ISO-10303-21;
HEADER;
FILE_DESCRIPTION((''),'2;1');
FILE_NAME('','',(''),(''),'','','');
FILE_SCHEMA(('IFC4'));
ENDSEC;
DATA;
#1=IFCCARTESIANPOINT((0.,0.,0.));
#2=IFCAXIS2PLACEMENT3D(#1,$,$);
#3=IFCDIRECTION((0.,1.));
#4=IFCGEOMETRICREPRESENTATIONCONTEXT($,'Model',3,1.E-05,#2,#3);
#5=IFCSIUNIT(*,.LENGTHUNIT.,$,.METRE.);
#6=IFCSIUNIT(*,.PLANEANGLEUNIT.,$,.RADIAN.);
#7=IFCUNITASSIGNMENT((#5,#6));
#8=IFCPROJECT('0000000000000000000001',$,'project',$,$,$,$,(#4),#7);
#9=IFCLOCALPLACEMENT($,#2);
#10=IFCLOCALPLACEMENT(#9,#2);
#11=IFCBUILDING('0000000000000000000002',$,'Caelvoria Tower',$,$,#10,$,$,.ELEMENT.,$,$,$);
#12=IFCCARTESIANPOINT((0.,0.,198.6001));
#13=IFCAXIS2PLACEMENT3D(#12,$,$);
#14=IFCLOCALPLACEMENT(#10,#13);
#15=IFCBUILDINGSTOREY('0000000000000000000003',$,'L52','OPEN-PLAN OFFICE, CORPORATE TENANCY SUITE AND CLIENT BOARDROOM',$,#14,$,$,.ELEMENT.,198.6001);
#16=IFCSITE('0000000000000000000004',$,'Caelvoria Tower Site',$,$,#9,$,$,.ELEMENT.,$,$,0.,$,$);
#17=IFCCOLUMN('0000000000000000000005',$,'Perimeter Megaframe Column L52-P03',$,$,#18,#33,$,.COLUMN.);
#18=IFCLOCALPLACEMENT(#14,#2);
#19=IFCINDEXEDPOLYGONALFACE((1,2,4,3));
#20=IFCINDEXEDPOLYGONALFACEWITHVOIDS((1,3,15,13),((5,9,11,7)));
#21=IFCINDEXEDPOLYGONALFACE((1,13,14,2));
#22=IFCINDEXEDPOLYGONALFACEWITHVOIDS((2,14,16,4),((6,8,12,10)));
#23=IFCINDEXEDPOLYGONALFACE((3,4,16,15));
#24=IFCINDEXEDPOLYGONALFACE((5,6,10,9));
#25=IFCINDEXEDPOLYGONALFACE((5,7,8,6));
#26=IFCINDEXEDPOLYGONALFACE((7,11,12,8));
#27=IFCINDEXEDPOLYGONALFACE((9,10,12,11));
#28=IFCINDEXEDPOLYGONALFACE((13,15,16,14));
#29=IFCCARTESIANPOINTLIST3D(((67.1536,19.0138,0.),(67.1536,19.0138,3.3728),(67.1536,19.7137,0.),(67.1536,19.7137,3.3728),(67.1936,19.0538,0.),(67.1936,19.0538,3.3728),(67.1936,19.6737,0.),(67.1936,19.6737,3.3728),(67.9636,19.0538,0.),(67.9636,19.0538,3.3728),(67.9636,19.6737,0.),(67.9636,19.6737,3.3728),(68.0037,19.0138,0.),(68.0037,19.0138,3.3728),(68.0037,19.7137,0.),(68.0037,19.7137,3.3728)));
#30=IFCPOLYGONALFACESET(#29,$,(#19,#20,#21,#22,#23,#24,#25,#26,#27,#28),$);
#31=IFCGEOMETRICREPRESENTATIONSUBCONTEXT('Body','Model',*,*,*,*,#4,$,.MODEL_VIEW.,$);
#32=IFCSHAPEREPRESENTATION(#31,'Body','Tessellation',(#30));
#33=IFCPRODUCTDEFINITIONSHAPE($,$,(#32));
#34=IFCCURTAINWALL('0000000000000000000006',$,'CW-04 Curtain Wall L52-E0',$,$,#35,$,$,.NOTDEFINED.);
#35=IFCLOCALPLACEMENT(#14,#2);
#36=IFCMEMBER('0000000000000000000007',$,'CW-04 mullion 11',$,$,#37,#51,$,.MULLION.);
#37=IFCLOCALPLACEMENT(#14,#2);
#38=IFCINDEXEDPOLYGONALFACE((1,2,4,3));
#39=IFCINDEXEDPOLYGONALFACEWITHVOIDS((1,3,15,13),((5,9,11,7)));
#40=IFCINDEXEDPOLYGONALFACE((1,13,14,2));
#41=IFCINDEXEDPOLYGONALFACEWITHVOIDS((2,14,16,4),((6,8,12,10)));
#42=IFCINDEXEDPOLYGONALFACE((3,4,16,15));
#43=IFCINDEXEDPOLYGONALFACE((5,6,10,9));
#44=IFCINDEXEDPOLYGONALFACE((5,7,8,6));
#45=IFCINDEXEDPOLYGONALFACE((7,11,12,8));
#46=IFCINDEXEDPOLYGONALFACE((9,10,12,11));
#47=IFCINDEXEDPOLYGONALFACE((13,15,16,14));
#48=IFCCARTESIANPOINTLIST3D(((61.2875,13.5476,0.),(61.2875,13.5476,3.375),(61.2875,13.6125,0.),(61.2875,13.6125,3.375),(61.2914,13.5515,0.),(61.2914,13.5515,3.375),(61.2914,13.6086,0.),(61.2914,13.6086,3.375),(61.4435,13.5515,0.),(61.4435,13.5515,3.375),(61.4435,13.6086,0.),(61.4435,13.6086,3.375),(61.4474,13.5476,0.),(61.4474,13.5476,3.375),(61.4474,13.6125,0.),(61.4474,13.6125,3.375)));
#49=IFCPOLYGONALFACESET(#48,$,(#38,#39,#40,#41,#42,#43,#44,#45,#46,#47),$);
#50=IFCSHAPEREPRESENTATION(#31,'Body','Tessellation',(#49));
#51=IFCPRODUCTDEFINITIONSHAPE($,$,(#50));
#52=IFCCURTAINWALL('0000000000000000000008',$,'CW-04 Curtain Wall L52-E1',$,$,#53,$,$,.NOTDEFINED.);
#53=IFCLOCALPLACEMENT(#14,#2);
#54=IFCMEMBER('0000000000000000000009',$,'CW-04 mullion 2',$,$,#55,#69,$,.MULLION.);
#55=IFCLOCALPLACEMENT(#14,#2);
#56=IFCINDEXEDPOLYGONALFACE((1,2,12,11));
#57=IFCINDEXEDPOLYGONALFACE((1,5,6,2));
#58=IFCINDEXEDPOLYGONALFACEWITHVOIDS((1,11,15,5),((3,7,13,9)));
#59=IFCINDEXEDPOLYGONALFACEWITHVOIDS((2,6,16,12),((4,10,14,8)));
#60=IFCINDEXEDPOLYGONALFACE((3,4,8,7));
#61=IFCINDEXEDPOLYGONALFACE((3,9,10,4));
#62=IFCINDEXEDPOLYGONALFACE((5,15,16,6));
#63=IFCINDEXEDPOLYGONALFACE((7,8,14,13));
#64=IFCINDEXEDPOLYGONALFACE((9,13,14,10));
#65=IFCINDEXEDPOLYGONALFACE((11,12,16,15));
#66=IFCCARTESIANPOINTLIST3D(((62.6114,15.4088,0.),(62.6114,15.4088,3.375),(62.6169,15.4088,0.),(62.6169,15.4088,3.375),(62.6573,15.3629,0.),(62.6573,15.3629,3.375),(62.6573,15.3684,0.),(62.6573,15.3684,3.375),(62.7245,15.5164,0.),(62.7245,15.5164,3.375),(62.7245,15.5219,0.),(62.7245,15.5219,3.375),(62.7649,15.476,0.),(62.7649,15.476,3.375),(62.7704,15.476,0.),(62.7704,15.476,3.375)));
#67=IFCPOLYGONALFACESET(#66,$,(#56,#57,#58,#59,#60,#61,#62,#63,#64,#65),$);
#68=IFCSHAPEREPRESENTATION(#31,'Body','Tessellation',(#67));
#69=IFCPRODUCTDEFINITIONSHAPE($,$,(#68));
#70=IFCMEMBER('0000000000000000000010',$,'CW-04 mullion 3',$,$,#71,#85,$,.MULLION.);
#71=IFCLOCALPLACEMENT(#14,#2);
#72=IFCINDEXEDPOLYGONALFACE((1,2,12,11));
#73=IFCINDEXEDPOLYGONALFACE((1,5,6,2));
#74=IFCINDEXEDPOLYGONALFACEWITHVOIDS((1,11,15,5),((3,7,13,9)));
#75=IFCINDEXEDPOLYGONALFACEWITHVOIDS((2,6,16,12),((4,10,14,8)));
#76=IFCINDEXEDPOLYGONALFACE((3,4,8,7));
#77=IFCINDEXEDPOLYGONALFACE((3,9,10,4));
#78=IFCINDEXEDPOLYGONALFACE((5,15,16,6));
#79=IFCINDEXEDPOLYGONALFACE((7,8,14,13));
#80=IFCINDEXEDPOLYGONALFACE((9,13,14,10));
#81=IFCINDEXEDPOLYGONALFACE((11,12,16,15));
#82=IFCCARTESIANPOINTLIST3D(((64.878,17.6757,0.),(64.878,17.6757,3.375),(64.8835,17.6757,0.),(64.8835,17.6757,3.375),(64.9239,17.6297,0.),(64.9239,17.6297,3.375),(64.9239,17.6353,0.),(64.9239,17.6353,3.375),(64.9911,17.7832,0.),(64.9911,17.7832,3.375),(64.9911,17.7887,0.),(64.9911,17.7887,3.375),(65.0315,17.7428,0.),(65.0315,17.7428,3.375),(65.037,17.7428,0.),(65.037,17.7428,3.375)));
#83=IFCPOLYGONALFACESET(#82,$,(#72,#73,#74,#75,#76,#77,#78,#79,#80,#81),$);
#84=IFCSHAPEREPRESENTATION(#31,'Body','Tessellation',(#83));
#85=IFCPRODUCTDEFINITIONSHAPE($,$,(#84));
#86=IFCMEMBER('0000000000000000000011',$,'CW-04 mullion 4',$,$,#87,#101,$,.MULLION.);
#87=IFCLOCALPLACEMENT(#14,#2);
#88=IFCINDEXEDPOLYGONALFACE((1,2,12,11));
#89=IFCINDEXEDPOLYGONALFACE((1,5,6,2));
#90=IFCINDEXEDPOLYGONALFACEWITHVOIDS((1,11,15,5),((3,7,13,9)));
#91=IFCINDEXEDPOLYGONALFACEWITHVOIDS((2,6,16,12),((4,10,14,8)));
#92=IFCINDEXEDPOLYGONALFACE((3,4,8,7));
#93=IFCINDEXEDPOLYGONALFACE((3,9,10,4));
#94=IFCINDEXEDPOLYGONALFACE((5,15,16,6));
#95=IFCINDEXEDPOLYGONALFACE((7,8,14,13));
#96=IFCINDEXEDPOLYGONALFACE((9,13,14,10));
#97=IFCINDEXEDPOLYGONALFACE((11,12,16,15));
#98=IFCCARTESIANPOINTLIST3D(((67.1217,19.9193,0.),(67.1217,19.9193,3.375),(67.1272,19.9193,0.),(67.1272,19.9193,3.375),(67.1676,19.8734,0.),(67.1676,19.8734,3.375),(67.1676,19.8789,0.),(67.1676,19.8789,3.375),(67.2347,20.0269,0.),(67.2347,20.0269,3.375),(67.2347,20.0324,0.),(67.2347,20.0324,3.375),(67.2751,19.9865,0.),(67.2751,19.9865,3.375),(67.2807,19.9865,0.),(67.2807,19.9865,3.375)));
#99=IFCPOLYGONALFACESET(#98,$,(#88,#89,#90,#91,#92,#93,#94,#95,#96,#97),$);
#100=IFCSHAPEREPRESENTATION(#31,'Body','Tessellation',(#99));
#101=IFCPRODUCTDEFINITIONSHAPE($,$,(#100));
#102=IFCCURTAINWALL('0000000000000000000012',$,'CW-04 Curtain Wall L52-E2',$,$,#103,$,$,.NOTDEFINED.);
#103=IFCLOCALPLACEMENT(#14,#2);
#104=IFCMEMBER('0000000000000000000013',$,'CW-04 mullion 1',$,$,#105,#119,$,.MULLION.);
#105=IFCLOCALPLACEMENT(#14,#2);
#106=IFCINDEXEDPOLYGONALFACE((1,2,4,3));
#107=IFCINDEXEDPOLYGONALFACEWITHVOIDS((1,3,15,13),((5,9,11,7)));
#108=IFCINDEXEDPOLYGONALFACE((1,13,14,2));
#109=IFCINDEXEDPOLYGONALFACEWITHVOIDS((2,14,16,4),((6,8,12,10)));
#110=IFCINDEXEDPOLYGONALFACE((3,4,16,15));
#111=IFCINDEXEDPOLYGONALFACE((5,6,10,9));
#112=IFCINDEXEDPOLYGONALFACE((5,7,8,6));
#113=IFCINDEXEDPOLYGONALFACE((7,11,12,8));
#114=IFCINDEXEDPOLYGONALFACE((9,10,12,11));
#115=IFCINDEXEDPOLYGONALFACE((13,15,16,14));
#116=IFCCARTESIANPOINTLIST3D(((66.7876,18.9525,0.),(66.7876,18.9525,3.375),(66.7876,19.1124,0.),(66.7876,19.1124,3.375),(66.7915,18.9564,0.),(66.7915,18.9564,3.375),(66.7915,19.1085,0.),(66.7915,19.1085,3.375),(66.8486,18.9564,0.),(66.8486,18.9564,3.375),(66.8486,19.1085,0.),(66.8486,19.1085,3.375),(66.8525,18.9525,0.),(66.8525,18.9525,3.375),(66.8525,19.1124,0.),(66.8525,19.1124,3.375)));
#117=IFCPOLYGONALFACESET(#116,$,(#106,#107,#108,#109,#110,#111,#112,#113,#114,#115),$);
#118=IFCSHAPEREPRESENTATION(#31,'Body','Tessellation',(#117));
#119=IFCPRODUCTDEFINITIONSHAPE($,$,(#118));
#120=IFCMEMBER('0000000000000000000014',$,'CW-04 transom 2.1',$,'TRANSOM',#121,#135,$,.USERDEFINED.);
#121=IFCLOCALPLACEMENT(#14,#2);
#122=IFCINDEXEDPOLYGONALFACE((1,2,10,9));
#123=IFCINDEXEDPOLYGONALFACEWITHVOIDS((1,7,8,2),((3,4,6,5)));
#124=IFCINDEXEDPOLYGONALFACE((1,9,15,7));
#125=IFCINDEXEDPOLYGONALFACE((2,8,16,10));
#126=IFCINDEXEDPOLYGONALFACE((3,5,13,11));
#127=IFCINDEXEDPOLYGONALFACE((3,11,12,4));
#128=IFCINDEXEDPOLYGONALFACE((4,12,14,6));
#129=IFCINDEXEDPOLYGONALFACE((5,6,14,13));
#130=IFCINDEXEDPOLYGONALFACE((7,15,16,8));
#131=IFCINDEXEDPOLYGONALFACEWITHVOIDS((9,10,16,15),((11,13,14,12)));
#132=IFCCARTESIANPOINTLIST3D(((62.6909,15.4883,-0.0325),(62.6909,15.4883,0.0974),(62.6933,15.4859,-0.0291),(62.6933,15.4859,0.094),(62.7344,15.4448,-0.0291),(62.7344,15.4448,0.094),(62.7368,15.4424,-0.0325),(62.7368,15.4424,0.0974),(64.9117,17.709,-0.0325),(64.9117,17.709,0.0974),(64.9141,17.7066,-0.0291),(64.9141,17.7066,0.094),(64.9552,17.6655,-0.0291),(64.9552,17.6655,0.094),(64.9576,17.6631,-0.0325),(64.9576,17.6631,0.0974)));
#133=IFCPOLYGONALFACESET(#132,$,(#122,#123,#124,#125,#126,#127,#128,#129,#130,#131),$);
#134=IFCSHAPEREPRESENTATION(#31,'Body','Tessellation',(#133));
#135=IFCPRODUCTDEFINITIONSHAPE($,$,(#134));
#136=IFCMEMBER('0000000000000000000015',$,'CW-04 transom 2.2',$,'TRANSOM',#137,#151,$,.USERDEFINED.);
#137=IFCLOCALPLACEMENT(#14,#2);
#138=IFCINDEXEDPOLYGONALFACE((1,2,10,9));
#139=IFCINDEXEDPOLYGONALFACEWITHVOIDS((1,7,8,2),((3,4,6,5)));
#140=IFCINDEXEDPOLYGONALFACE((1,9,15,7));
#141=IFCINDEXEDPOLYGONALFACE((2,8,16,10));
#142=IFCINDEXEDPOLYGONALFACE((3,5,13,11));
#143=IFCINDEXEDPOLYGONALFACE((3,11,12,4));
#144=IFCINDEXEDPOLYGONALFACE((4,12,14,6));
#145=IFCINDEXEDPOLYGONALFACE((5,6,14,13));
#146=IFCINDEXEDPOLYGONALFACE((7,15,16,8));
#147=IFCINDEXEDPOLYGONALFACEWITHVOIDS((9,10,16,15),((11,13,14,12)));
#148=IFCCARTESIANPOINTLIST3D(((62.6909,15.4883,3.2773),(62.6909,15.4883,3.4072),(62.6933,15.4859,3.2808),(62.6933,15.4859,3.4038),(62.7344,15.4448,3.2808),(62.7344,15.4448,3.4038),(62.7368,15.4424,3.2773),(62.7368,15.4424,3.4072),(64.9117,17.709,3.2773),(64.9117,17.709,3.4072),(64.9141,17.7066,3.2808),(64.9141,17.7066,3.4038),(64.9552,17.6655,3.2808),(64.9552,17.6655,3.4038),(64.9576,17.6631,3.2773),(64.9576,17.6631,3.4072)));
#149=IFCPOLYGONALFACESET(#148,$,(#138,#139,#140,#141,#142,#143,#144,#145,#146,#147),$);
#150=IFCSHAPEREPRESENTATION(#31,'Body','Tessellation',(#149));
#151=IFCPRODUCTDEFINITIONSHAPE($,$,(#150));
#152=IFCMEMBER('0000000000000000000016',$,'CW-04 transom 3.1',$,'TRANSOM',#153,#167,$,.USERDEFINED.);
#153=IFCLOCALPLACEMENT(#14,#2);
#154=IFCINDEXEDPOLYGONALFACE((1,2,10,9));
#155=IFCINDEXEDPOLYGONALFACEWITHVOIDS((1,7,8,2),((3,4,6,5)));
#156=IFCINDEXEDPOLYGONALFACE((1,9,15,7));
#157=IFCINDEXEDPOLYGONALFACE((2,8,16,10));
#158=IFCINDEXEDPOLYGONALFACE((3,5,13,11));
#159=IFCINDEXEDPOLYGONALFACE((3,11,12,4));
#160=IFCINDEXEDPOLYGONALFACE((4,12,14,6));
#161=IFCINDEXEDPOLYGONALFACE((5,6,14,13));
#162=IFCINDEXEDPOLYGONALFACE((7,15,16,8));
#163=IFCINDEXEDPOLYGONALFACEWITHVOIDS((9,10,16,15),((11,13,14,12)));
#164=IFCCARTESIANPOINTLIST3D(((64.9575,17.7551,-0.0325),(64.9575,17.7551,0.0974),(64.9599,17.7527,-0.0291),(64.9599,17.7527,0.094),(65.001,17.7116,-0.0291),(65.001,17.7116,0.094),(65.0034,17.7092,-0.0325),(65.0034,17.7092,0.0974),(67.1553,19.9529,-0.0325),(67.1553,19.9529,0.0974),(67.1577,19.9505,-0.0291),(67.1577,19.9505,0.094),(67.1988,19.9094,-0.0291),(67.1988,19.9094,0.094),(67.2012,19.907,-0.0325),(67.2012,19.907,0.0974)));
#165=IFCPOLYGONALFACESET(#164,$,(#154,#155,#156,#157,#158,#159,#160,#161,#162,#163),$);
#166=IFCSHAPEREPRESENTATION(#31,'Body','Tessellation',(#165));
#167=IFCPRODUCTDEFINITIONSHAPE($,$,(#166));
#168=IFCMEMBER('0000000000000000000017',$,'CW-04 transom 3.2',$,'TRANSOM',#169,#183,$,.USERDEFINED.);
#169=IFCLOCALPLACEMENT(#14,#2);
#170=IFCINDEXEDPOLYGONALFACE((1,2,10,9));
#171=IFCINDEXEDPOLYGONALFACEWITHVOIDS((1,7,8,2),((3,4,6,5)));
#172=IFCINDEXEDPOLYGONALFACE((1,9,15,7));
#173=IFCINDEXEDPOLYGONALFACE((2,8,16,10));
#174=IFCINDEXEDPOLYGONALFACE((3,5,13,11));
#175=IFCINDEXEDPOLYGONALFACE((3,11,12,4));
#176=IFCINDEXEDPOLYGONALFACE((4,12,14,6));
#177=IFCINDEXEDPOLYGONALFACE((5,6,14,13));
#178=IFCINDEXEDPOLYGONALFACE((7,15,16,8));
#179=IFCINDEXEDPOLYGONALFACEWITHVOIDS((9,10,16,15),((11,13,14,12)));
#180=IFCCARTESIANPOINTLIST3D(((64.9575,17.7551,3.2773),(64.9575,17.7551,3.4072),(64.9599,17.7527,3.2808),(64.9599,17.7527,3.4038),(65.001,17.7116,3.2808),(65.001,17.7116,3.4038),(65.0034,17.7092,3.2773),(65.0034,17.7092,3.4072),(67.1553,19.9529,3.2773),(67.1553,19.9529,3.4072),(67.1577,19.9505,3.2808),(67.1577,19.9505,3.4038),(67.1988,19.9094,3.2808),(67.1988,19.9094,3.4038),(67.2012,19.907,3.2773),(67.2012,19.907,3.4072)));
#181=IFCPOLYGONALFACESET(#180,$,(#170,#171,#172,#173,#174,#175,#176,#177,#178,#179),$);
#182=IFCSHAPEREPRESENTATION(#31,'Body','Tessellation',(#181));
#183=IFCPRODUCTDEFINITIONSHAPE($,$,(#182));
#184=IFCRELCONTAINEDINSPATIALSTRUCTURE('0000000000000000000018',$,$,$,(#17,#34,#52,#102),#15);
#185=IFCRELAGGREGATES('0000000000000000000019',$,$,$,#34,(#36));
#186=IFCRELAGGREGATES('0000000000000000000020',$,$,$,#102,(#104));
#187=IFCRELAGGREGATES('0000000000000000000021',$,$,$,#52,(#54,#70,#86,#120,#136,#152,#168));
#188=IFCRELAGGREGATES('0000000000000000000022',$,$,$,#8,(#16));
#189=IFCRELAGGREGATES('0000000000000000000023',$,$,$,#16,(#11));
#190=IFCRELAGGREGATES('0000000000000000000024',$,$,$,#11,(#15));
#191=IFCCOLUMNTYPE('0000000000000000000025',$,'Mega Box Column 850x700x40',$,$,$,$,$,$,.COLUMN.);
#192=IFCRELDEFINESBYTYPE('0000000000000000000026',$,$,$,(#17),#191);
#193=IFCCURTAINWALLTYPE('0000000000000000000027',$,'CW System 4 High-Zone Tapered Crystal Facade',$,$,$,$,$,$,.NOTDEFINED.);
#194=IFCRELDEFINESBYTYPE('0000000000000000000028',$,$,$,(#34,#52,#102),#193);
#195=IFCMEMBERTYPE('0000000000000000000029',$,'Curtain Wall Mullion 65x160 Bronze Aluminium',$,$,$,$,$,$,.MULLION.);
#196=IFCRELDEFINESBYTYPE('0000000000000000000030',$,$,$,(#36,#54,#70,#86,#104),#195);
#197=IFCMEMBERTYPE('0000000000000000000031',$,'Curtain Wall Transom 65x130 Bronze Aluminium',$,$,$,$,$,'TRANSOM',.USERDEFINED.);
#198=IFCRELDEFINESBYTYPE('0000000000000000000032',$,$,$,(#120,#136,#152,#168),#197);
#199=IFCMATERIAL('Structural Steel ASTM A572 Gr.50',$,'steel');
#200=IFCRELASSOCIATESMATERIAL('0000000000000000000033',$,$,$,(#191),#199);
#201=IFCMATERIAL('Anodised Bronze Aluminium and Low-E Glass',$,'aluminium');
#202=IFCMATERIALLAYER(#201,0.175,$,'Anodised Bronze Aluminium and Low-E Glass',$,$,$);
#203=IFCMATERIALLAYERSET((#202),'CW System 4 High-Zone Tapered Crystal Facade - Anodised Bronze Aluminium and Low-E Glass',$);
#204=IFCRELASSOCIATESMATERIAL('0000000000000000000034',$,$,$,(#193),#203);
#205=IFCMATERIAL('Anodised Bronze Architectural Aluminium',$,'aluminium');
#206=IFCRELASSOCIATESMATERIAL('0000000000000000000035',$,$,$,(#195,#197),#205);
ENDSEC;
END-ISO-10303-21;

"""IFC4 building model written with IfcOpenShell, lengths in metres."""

from ifc_helpers import new_model, si_unit, direction, frame, origin, origin_2d, place, context, subcontext, project, spatial, hollow_rectangle, extrude, material, layer, layer_set, material_profile, profile_set, type_object, element, aggregate, save


model = new_model("IFC4")

# Units and contexts
model_context = context("Model", 3, precision=1e-05, world=origin(), true_north=direction((0.0, 1.0)))
body_context = subcontext(model_context, "Body", "Model", "MODEL_VIEW")
ifc_project = project(units=[si_unit("LENGTHUNIT", "METRE"), si_unit("PLANEANGLEUNIT", "RADIAN")], contexts=[model_context])

# Site, building, storey
site_placement = place(None, origin())
site = spatial("IfcSite", under=ifc_project, at=site_placement, Name="Caelvoria Tower Site", CompositionType="ELEMENT", RefElevation=0.0)
building_placement = place(site_placement, origin())
building = spatial("IfcBuilding", under=site, at=building_placement, Name="Caelvoria Tower", CompositionType="ELEMENT")
storey_placement = place(building_placement, frame((0.0, 0.0, 198.6001)))
storey = spatial("IfcBuildingStorey", under=building, at=storey_placement, Name="L52", Description="OPEN-PLAN OFFICE, CORPORATE TENANCY SUITE AND CLIENT BOARDROOM", CompositionType="ELEMENT", Elevation=198.6001)

# Column
ifc_material_1 = material(Name="Structural Steel ASTM A572 Gr.50", Category="steel")
ifc_material_profile_1 = material_profile(ifc_material_1, hollow_rectangle(XDim=0.7, YDim=0.8501, WallThickness=0.04, at=origin_2d()), Name="Structural Steel ASTM A572 Gr.50")
ifc_profile_set_1 = profile_set([ifc_material_profile_1], Name="BOX850X700X40 - Structural Steel ASTM A572 Gr.50")
column_type = type_object("IfcColumnType", Name="Mega Box Column 850x700x40", PredefinedType="COLUMN", material=ifc_profile_set_1)
column_placement = place(storey_placement, frame((67.5786, 19.3638, 0.0), z_axis=(0.0, 0.0, 1.0), x_axis=(0.0, 1.0, 0.0)))
element("IfcColumn", 1, at=column_placement, inside=storey, type_object=column_type, Name="Perimeter Megaframe Column L52-P03", PredefinedType="COLUMN", context=body_context, shape_type="SweptSolid", body=[
    extrude(hollow_rectangle(XDim=0.7, YDim=0.8501, WallThickness=0.04, at=origin_2d()), origin(), (0.0, 0.0, 1.0), 3.3728),
])

# Curtain wall, member
ifc_material_2 = material(Name="Anodised Bronze Aluminium and Low-E Glass", Category="aluminium")
ifc_layer_1 = layer(ifc_material_2, 0.175, Name="Anodised Bronze Aluminium and Low-E Glass")
ifc_layer_set_1 = layer_set([ifc_layer_1], Name="CW System 4 High-Zone Tapered Crystal Facade - Anodised Bronze Aluminium and Low-E Glass")
curtain_wall_type = type_object("IfcCurtainWallType", Name="CW System 4 High-Zone Tapered Crystal Facade", PredefinedType="NOTDEFINED", material=ifc_layer_set_1)
curtain_wall_1_placement = place(storey_placement, origin())
curtain_wall_1 = element("IfcCurtainWall", 2, at=curtain_wall_1_placement, inside=storey, type_object=curtain_wall_type, Name="CW-04 Curtain Wall L52-E0", PredefinedType="NOTDEFINED")
ifc_material_3 = material(Name="Anodised Bronze Architectural Aluminium", Category="aluminium")
ifc_material_profile_2 = material_profile(ifc_material_3, hollow_rectangle(XDim=0.0649, YDim=0.1599, WallThickness=0.0039, at=origin_2d()), Name="Anodised Bronze Architectural Aluminium")
ifc_profile_set_2 = profile_set([ifc_material_profile_2], Name="CW_MULL_65X160 - Anodised Bronze Architectural Aluminium")
member_type_1 = type_object("IfcMemberType", Name="Curtain Wall Mullion 65x160 Bronze Aluminium", PredefinedType="MULLION", material=ifc_profile_set_2)
member_1_placement = place(storey_placement, frame((61.3674, 13.5801, 0.0), z_axis=(0.0, 0.0, 1.0), x_axis=(0.0, 1.0, 0.0)))
member_1 = element("IfcMember", 3, at=member_1_placement, type_object=member_type_1, Name="CW-04 mullion 11", PredefinedType="MULLION", context=body_context, shape_type="SweptSolid", body=[
    extrude(hollow_rectangle(XDim=0.0649, YDim=0.1599, WallThickness=0.0039, at=origin_2d()), origin(), (0.0, 0.0, 1.0), 3.375),
])
aggregate(curtain_wall_1, [member_1])

# Curtain wall, members
curtain_wall_2_placement = place(storey_placement, origin())
curtain_wall_2 = element("IfcCurtainWall", 4, at=curtain_wall_2_placement, inside=storey, type_object=curtain_wall_type, Name="CW-04 Curtain Wall L52-E1", PredefinedType="NOTDEFINED")
member_2_placement = place(storey_placement, frame((62.6909, 15.4424, 0.0), z_axis=(0.0, 0.0, 1.0), x_axis=(-0.707107, 0.707107, 0.0)))
member_2 = element("IfcMember", 5, at=member_2_placement, type_object=member_type_1, Name="CW-04 mullion 2", PredefinedType="MULLION", context=body_context, shape_type="SweptSolid", body=[
    extrude(hollow_rectangle(XDim=0.0649, YDim=0.1599, WallThickness=0.0039, at=origin_2d()), origin(), (0.0, 0.0, 1.0), 3.375),
])
member_3_placement = place(storey_placement, frame((64.9575, 17.7092, 0.0), z_axis=(0.0, 0.0, 1.0), x_axis=(-0.707107, 0.707107, 0.0)))
member_3 = element("IfcMember", 6, at=member_3_placement, type_object=member_type_1, Name="CW-04 mullion 3", PredefinedType="MULLION", context=body_context, shape_type="SweptSolid", body=[
    extrude(hollow_rectangle(XDim=0.0649, YDim=0.1599, WallThickness=0.0039, at=origin_2d()), origin(), (0.0, 0.0, 1.0), 3.375),
])
member_4_placement = place(storey_placement, frame((67.2012, 19.9529, 0.0), z_axis=(0.0, 0.0, 1.0), x_axis=(-0.707107, 0.707107, 0.0)))
member_4 = element("IfcMember", 7, at=member_4_placement, type_object=member_type_1, Name="CW-04 mullion 4", PredefinedType="MULLION", context=body_context, shape_type="SweptSolid", body=[
    extrude(hollow_rectangle(XDim=0.0649, YDim=0.1599, WallThickness=0.0039, at=origin_2d()), origin(), (0.0, 0.0, 1.0), 3.375),
])

# Curtain wall, member
curtain_wall_3_placement = place(storey_placement, origin())
curtain_wall_3 = element("IfcCurtainWall", 8, at=curtain_wall_3_placement, inside=storey, type_object=curtain_wall_type, Name="CW-04 Curtain Wall L52-E2", PredefinedType="NOTDEFINED")
member_5_placement = place(storey_placement, frame((66.8201, 19.0325, 0.0), z_axis=(0.0, 0.0, 1.0), x_axis=(-1.0, 0.0, 0.0)))
member_5 = element("IfcMember", 9, at=member_5_placement, type_object=member_type_1, Name="CW-04 mullion 1", PredefinedType="MULLION", context=body_context, shape_type="SweptSolid", body=[
    extrude(hollow_rectangle(XDim=0.0649, YDim=0.1599, WallThickness=0.0039, at=origin_2d()), origin(), (0.0, 0.0, 1.0), 3.375),
])

# Members
ifc_material_profile_3 = material_profile(ifc_material_3, hollow_rectangle(XDim=0.0649, YDim=0.1299, WallThickness=0.0034, at=origin_2d()), Name="Anodised Bronze Architectural Aluminium")
ifc_profile_set_3 = profile_set([ifc_material_profile_3], Name="CW_TRAN_65X130 - Anodised Bronze Architectural Aluminium")
member_type_2 = type_object("IfcMemberType", Name="Curtain Wall Transom 65x130 Bronze Aluminium", ElementType="TRANSOM", PredefinedType="USERDEFINED", material=ifc_profile_set_3)
member_6_placement = place(storey_placement, frame((62.7139, 15.4653, 0.0325), z_axis=(0.707107, 0.707107, 0.0), x_axis=(-0.707107, 0.707107, 0.0)))
member_6 = element("IfcMember", 10, at=member_6_placement, type_object=member_type_2, Name="CW-04 transom 2.1", ObjectType="TRANSOM", PredefinedType="USERDEFINED", context=body_context, shape_type="SweptSolid", body=[
    extrude(hollow_rectangle(XDim=0.0649, YDim=0.1299, WallThickness=0.0034, at=origin_2d()), origin(), (0.0, 0.0, 1.0), 3.1406),
])
member_7_placement = place(storey_placement, frame((62.7139, 15.4653, 3.3423), z_axis=(0.707107, 0.707107, 0.0), x_axis=(-0.707107, 0.707107, 0.0)))
member_7 = element("IfcMember", 11, at=member_7_placement, type_object=member_type_2, Name="CW-04 transom 2.2", ObjectType="TRANSOM", PredefinedType="USERDEFINED", context=body_context, shape_type="SweptSolid", body=[
    extrude(hollow_rectangle(XDim=0.0649, YDim=0.1299, WallThickness=0.0034, at=origin_2d()), origin(), (0.0, 0.0, 1.0), 3.1406),
])
member_8_placement = place(storey_placement, frame((64.9805, 17.7322, 0.0325), z_axis=(0.707107, 0.707107, 0.0), x_axis=(-0.707107, 0.707107, 0.0)))
member_8 = element("IfcMember", 12, at=member_8_placement, type_object=member_type_2, Name="CW-04 transom 3.1", ObjectType="TRANSOM", PredefinedType="USERDEFINED", context=body_context, shape_type="SweptSolid", body=[
    extrude(hollow_rectangle(XDim=0.0649, YDim=0.1299, WallThickness=0.0034, at=origin_2d()), origin(), (0.0, 0.0, 1.0), 3.1082),
])
member_9_placement = place(storey_placement, frame((64.9805, 17.7322, 3.3423), z_axis=(0.707107, 0.707107, 0.0), x_axis=(-0.707107, 0.707107, 0.0)))
member_9 = element("IfcMember", 13, at=member_9_placement, type_object=member_type_2, Name="CW-04 transom 3.2", ObjectType="TRANSOM", PredefinedType="USERDEFINED", context=body_context, shape_type="SweptSolid", body=[
    extrude(hollow_rectangle(XDim=0.0649, YDim=0.1299, WallThickness=0.0034, at=origin_2d()), origin(), (0.0, 0.0, 1.0), 3.1082),
])
aggregate(curtain_wall_3, [member_5])

aggregate(curtain_wall_2, [member_2, member_3, member_4, member_6, member_7, member_8, member_9])

save(model, "model.ifc")
